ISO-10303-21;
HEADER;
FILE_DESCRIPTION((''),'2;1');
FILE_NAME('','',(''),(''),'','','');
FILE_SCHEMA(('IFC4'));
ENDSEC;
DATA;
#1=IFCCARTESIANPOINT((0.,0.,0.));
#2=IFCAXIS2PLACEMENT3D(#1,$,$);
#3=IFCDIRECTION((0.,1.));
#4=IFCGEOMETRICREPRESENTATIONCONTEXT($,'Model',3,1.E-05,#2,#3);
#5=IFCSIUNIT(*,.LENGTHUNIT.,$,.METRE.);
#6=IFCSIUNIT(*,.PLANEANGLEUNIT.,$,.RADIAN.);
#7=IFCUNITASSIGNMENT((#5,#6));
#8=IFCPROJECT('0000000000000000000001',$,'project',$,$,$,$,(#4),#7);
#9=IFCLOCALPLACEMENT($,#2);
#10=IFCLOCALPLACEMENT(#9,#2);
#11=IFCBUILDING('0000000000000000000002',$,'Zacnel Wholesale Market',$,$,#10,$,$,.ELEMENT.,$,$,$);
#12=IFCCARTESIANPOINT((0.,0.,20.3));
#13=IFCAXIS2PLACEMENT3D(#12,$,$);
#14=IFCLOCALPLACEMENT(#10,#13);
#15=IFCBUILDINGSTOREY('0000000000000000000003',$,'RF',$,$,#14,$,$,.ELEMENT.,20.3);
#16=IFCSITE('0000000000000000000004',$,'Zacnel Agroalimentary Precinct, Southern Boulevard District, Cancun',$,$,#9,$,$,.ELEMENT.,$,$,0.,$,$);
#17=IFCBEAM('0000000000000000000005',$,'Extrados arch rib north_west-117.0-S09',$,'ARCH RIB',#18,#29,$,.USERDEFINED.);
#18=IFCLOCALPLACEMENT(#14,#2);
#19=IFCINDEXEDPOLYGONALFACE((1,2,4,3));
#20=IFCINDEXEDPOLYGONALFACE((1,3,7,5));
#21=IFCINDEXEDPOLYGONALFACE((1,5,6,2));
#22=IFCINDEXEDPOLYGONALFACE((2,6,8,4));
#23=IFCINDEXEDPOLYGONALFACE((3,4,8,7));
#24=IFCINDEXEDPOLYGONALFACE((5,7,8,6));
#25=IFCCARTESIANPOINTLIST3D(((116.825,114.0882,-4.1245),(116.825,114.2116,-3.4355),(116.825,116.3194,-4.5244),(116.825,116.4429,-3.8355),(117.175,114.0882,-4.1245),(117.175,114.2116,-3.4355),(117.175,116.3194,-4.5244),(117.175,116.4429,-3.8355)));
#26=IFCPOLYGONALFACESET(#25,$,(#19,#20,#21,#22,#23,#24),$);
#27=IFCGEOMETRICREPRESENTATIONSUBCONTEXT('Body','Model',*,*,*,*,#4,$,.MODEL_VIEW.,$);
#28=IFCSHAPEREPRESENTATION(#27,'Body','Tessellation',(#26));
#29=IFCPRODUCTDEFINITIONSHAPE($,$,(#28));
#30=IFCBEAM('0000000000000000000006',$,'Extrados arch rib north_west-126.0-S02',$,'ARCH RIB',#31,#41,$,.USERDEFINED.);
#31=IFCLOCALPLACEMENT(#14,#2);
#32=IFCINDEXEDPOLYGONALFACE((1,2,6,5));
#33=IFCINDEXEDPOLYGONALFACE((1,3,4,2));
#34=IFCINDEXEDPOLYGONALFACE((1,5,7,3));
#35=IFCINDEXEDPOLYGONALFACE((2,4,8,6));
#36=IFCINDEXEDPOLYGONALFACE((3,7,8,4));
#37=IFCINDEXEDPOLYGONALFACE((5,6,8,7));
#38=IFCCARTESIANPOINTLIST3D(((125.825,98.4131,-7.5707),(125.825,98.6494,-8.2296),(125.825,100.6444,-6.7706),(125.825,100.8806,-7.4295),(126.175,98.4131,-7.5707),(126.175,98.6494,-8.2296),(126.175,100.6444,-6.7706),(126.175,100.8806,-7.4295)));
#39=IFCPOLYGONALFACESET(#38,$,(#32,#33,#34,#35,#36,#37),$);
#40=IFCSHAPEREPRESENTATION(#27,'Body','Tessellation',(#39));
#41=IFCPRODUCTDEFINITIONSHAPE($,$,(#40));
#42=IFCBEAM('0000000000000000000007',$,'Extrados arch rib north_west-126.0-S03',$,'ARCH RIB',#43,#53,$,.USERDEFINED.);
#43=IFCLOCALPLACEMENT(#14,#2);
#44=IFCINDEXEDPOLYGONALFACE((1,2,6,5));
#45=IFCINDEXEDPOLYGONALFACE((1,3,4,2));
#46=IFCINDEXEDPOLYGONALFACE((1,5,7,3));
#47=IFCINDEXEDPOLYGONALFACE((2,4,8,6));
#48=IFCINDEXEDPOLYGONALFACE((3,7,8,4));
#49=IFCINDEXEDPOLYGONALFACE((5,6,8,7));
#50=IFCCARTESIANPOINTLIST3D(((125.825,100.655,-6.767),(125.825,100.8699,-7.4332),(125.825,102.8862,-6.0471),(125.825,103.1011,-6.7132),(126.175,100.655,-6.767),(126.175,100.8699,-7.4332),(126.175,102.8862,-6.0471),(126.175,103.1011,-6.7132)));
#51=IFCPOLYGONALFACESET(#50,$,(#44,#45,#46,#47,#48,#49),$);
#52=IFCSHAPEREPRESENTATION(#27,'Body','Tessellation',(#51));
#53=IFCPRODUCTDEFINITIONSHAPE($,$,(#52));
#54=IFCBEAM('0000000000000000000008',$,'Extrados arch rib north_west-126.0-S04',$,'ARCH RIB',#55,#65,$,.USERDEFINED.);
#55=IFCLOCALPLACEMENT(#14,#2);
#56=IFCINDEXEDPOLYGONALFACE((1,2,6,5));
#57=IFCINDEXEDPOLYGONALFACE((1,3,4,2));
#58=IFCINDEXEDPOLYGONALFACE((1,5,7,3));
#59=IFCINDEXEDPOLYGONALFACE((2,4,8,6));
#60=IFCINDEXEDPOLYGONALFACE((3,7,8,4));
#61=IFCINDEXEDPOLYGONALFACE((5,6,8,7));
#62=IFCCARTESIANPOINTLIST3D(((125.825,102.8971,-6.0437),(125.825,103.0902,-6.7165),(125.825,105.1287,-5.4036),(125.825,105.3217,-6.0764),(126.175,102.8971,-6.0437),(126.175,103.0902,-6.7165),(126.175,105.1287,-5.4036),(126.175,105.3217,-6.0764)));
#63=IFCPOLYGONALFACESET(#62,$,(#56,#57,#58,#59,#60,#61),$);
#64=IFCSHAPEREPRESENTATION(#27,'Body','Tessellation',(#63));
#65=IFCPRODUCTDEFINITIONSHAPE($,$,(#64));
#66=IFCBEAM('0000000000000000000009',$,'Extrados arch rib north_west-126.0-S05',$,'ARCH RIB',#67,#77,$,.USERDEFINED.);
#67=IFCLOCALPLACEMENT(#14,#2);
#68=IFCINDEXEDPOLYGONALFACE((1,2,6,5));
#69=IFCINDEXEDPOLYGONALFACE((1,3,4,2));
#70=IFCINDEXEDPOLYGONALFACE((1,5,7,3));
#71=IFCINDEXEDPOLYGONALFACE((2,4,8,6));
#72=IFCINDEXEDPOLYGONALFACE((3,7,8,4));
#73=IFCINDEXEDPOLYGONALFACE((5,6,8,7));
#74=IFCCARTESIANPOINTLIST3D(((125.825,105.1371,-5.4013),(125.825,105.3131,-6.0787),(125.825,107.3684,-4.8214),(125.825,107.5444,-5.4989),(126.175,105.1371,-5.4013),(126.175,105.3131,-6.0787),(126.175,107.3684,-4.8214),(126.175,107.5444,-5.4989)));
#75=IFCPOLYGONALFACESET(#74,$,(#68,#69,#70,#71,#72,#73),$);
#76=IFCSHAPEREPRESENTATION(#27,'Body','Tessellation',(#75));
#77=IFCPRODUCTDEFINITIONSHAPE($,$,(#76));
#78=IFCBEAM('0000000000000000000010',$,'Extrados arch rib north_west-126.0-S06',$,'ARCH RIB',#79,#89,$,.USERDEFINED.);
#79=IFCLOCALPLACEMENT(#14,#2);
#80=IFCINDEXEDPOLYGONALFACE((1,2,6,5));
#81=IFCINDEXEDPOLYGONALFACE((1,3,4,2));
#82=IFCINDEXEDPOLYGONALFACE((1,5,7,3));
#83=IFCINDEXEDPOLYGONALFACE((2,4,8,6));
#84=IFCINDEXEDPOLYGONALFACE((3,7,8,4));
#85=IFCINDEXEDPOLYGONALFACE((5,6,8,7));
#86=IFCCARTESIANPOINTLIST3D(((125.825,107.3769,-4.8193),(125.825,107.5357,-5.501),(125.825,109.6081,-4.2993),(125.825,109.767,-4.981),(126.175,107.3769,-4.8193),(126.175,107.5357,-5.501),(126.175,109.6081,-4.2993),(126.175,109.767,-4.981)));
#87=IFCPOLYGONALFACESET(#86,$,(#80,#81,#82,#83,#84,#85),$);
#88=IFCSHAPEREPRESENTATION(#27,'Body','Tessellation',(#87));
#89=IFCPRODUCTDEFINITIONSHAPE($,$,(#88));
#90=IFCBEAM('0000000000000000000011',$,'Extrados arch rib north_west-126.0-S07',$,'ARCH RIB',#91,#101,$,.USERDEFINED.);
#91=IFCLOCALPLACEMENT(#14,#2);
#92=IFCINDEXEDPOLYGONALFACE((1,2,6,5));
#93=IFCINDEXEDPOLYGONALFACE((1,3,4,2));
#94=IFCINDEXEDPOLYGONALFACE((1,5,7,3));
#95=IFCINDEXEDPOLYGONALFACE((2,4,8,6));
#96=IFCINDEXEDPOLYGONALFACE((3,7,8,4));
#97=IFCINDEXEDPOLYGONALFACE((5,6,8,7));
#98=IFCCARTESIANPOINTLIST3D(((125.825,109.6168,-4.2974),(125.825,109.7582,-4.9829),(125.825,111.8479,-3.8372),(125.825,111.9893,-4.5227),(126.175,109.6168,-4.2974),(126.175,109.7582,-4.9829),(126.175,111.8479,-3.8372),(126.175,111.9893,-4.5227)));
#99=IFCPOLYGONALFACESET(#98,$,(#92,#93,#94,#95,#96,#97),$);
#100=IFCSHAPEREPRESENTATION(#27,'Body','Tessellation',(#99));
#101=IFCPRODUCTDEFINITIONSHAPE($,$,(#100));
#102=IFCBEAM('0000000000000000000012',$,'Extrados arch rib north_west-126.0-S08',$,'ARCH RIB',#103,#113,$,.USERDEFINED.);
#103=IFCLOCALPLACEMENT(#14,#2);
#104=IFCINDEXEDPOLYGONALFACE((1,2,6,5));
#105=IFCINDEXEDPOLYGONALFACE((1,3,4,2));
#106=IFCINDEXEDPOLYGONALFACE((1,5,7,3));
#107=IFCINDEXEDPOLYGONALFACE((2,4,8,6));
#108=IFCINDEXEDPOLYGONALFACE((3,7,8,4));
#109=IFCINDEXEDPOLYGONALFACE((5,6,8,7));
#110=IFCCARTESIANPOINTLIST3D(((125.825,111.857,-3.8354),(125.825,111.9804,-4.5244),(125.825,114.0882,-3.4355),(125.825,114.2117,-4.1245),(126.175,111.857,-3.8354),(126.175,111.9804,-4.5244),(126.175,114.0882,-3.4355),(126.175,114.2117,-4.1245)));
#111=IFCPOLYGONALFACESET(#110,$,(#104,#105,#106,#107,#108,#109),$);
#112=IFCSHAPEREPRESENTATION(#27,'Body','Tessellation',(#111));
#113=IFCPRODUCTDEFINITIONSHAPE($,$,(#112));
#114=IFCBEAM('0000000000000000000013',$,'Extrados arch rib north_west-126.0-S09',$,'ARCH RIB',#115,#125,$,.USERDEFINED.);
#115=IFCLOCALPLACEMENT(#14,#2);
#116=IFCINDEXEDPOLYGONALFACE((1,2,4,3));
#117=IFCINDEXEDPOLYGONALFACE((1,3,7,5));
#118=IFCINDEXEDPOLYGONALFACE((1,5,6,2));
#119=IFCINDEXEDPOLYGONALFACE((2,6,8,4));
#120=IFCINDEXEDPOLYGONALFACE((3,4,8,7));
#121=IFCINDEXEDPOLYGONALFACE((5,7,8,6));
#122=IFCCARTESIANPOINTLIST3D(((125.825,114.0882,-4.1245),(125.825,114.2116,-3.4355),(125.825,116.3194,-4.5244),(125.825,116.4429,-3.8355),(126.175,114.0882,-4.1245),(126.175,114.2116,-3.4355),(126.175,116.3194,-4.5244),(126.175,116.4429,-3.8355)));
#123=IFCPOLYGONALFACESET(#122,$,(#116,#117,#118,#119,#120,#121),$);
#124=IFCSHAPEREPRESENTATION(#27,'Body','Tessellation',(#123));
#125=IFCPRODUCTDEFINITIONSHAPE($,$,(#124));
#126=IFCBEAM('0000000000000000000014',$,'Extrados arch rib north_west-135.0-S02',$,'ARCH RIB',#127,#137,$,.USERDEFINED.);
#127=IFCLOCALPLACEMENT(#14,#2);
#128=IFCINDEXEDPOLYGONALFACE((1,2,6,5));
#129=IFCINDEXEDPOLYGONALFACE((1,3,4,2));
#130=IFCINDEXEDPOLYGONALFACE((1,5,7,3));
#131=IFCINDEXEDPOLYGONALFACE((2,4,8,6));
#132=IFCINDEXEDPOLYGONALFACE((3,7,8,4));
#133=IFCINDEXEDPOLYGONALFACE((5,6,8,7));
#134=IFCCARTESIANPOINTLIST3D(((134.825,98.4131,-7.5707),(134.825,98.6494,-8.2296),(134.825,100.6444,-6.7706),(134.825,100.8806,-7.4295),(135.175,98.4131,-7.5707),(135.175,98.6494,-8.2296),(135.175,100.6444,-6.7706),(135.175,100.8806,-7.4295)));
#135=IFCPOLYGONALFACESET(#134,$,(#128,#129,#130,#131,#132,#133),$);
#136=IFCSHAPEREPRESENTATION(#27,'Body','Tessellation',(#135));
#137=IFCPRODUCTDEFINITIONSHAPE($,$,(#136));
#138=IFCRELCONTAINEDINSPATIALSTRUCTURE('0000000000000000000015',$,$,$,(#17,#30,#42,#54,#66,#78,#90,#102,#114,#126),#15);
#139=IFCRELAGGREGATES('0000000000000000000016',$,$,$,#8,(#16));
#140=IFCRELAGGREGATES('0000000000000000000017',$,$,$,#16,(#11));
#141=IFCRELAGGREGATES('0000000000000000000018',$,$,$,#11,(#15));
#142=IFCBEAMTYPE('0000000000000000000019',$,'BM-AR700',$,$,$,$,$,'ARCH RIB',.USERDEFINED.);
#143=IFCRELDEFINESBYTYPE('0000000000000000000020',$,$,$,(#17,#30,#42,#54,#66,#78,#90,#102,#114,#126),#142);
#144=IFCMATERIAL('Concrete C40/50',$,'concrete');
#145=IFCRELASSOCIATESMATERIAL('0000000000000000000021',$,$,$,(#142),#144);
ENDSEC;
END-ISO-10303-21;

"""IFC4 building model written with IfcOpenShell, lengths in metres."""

from ifc_helpers import new_model, si_unit, direction, frame, origin, origin_2d, place, context, subcontext, project, spatial, rectangle, extrude, material, material_profile, profile_set, type_object, element, save


model = new_model("IFC4")

# Units and contexts
model_context = context("Model", 3, precision=1e-05, world=origin(), true_north=direction((0.0, 1.0)))
body_context = subcontext(model_context, "Body", "Model", "MODEL_VIEW")
ifc_project = project(units=[si_unit("LENGTHUNIT", "METRE"), si_unit("PLANEANGLEUNIT", "RADIAN")], contexts=[model_context])

# Site, building, storey
site_placement = place(None, origin())
site = spatial("IfcSite", under=ifc_project, at=site_placement, Name="Zacnel Agroalimentary Precinct, Southern Boulevard District, Cancun", CompositionType="ELEMENT", RefElevation=0.0)
building_placement = place(site_placement, origin())
building = spatial("IfcBuilding", under=site, at=building_placement, Name="Zacnel Wholesale Market", CompositionType="ELEMENT")
storey_placement = place(building_placement, frame((0.0, 0.0, 20.3)))
storey = spatial("IfcBuildingStorey", under=building, at=storey_placement, Name="RF", CompositionType="ELEMENT", Elevation=20.3)

# Beams
ifc_material_1 = material(Name="Concrete C40/50", Category="concrete")
ifc_material_profile_1 = material_profile(ifc_material_1, rectangle(XDim=0.3501, YDim=0.7, at=origin_2d()), Name="ARCH RIB 350x700")
ifc_profile_set_1 = profile_set([ifc_material_profile_1], Name="Concrete C40/50")
beam_type = type_object("IfcBeamType", Name="BM-AR700", ElementType="ARCH RIB", PredefinedType="USERDEFINED", material=ifc_profile_set_1)
beam_1_placement = place(storey_placement, frame((117.0, 114.1499, -3.78), z_axis=(0.0, 0.984315, -0.176421), x_axis=(-1.0, 0.0, 0.0)))
element("IfcBeam", 1, at=beam_1_placement, inside=storey, type_object=beam_type, Name="Extrados arch rib north_west-117.0-S09", ObjectType="ARCH RIB", PredefinedType="USERDEFINED", context=body_context, shape_type="SweptSolid", body=[
    extrude(rectangle(XDim=0.3501, YDim=0.7, at=origin_2d()), origin(), (0.0, 0.0, 1.0), 2.2668),
])
beam_2_placement = place(storey_placement, frame((126.0, 98.5312, -7.9001), z_axis=(0.0, 0.941315, 0.33753), x_axis=(-1.0, 0.0, 0.0)))
element("IfcBeam", 2, at=beam_2_placement, inside=storey, type_object=beam_type, Name="Extrados arch rib north_west-126.0-S02", ObjectType="ARCH RIB", PredefinedType="USERDEFINED", context=body_context, shape_type="SweptSolid", body=[
    extrude(rectangle(XDim=0.3501, YDim=0.7, at=origin_2d()), origin(), (0.0, 0.0, 1.0), 2.3704),
])
beam_3_placement = place(storey_placement, frame((126.0, 100.7625, -7.1001), z_axis=(0.0, 0.95168, 0.307091), x_axis=(-1.0, 0.0, 0.0)))
element("IfcBeam", 3, at=beam_3_placement, inside=storey, type_object=beam_type, Name="Extrados arch rib north_west-126.0-S03", ObjectType="ARCH RIB", PredefinedType="USERDEFINED", context=body_context, shape_type="SweptSolid", body=[
    extrude(rectangle(XDim=0.3501, YDim=0.7, at=origin_2d()), origin(), (0.0, 0.0, 1.0), 2.3445),
])
beam_4_placement = place(storey_placement, frame((126.0, 102.9937, -6.3801), z_axis=(0.0, 0.96123, 0.275749), x_axis=(-1.0, 0.0, 0.0)))
element("IfcBeam", 4, at=beam_4_placement, inside=storey, type_object=beam_type, Name="Extrados arch rib north_west-126.0-S04", ObjectType="ARCH RIB", PredefinedType="USERDEFINED", context=body_context, shape_type="SweptSolid", body=[
    extrude(rectangle(XDim=0.3501, YDim=0.7, at=origin_2d()), origin(), (0.0, 0.0, 1.0), 2.3215),
])
beam_5_placement = place(storey_placement, frame((126.0, 105.2251, -5.74), z_axis=(0.0, 0.967852, 0.251521), x_axis=(-1.0, 0.0, 0.0)))
element("IfcBeam", 5, at=beam_5_placement, inside=storey, type_object=beam_type, Name="Extrados arch rib north_west-126.0-S05", ObjectType="ARCH RIB", PredefinedType="USERDEFINED", context=body_context, shape_type="SweptSolid", body=[
    extrude(rectangle(XDim=0.3501, YDim=0.7, at=origin_2d()), origin(), (0.0, 0.0, 1.0), 2.3054),
])
beam_6_placement = place(storey_placement, frame((126.0, 107.4563, -5.1602), z_axis=(0.0, 0.973899, 0.226984), x_axis=(-1.0, 0.0, 0.0)))
element("IfcBeam", 6, at=beam_6_placement, inside=storey, type_object=beam_type, Name="Extrados arch rib north_west-126.0-S06", ObjectType="ARCH RIB", PredefinedType="USERDEFINED", context=body_context, shape_type="SweptSolid", body=[
    extrude(rectangle(XDim=0.3501, YDim=0.7, at=origin_2d()), origin(), (0.0, 0.0, 1.0), 2.291),
])
beam_7_placement = place(storey_placement, frame((126.0, 109.6875, -4.6401), z_axis=(0.0, 0.979384, 0.202007), x_axis=(-1.0, 0.0, 0.0)))
element("IfcBeam", 7, at=beam_7_placement, inside=storey, type_object=beam_type, Name="Extrados arch rib north_west-126.0-S07", ObjectType="ARCH RIB", PredefinedType="USERDEFINED", context=body_context, shape_type="SweptSolid", body=[
    extrude(rectangle(XDim=0.3501, YDim=0.7, at=origin_2d()), origin(), (0.0, 0.0, 1.0), 2.2781),
])
for number, where, z_axis, x_axis, name in (
    (8, (126.0, 111.9187, -4.1799), (0.0, 0.984315, 0.176421), (-1.0, 0.0, 0.0), "Extrados arch rib north_west-126.0-S08"),
    (9, (126.0, 114.1499, -3.78), (0.0, 0.984315, -0.176421), (-1.0, 0.0, 0.0), "Extrados arch rib north_west-126.0-S09"),
):
    element("IfcBeam", number, at=place(storey_placement, frame(where, z_axis=z_axis, x_axis=x_axis)), inside=storey, type_object=beam_type, Name=name, ObjectType="ARCH RIB", PredefinedType="USERDEFINED", context=body_context, shape_type="SweptSolid", body=[
        extrude(rectangle(XDim=0.3501, YDim=0.7, at=origin_2d()), origin(), (0.0, 0.0, 1.0), 2.2668),
    ])
beam_8_placement = place(storey_placement, frame((135.0, 98.5312, -7.9001), z_axis=(0.0, 0.941315, 0.33753), x_axis=(-1.0, 0.0, 0.0)))
element("IfcBeam", 10, at=beam_8_placement, inside=storey, type_object=beam_type, Name="Extrados arch rib north_west-135.0-S02", ObjectType="ARCH RIB", PredefinedType="USERDEFINED", context=body_context, shape_type="SweptSolid", body=[
    extrude(rectangle(XDim=0.3501, YDim=0.7, at=origin_2d()), origin(), (0.0, 0.0, 1.0), 2.3704),
])

save(model, "model.ifc")
